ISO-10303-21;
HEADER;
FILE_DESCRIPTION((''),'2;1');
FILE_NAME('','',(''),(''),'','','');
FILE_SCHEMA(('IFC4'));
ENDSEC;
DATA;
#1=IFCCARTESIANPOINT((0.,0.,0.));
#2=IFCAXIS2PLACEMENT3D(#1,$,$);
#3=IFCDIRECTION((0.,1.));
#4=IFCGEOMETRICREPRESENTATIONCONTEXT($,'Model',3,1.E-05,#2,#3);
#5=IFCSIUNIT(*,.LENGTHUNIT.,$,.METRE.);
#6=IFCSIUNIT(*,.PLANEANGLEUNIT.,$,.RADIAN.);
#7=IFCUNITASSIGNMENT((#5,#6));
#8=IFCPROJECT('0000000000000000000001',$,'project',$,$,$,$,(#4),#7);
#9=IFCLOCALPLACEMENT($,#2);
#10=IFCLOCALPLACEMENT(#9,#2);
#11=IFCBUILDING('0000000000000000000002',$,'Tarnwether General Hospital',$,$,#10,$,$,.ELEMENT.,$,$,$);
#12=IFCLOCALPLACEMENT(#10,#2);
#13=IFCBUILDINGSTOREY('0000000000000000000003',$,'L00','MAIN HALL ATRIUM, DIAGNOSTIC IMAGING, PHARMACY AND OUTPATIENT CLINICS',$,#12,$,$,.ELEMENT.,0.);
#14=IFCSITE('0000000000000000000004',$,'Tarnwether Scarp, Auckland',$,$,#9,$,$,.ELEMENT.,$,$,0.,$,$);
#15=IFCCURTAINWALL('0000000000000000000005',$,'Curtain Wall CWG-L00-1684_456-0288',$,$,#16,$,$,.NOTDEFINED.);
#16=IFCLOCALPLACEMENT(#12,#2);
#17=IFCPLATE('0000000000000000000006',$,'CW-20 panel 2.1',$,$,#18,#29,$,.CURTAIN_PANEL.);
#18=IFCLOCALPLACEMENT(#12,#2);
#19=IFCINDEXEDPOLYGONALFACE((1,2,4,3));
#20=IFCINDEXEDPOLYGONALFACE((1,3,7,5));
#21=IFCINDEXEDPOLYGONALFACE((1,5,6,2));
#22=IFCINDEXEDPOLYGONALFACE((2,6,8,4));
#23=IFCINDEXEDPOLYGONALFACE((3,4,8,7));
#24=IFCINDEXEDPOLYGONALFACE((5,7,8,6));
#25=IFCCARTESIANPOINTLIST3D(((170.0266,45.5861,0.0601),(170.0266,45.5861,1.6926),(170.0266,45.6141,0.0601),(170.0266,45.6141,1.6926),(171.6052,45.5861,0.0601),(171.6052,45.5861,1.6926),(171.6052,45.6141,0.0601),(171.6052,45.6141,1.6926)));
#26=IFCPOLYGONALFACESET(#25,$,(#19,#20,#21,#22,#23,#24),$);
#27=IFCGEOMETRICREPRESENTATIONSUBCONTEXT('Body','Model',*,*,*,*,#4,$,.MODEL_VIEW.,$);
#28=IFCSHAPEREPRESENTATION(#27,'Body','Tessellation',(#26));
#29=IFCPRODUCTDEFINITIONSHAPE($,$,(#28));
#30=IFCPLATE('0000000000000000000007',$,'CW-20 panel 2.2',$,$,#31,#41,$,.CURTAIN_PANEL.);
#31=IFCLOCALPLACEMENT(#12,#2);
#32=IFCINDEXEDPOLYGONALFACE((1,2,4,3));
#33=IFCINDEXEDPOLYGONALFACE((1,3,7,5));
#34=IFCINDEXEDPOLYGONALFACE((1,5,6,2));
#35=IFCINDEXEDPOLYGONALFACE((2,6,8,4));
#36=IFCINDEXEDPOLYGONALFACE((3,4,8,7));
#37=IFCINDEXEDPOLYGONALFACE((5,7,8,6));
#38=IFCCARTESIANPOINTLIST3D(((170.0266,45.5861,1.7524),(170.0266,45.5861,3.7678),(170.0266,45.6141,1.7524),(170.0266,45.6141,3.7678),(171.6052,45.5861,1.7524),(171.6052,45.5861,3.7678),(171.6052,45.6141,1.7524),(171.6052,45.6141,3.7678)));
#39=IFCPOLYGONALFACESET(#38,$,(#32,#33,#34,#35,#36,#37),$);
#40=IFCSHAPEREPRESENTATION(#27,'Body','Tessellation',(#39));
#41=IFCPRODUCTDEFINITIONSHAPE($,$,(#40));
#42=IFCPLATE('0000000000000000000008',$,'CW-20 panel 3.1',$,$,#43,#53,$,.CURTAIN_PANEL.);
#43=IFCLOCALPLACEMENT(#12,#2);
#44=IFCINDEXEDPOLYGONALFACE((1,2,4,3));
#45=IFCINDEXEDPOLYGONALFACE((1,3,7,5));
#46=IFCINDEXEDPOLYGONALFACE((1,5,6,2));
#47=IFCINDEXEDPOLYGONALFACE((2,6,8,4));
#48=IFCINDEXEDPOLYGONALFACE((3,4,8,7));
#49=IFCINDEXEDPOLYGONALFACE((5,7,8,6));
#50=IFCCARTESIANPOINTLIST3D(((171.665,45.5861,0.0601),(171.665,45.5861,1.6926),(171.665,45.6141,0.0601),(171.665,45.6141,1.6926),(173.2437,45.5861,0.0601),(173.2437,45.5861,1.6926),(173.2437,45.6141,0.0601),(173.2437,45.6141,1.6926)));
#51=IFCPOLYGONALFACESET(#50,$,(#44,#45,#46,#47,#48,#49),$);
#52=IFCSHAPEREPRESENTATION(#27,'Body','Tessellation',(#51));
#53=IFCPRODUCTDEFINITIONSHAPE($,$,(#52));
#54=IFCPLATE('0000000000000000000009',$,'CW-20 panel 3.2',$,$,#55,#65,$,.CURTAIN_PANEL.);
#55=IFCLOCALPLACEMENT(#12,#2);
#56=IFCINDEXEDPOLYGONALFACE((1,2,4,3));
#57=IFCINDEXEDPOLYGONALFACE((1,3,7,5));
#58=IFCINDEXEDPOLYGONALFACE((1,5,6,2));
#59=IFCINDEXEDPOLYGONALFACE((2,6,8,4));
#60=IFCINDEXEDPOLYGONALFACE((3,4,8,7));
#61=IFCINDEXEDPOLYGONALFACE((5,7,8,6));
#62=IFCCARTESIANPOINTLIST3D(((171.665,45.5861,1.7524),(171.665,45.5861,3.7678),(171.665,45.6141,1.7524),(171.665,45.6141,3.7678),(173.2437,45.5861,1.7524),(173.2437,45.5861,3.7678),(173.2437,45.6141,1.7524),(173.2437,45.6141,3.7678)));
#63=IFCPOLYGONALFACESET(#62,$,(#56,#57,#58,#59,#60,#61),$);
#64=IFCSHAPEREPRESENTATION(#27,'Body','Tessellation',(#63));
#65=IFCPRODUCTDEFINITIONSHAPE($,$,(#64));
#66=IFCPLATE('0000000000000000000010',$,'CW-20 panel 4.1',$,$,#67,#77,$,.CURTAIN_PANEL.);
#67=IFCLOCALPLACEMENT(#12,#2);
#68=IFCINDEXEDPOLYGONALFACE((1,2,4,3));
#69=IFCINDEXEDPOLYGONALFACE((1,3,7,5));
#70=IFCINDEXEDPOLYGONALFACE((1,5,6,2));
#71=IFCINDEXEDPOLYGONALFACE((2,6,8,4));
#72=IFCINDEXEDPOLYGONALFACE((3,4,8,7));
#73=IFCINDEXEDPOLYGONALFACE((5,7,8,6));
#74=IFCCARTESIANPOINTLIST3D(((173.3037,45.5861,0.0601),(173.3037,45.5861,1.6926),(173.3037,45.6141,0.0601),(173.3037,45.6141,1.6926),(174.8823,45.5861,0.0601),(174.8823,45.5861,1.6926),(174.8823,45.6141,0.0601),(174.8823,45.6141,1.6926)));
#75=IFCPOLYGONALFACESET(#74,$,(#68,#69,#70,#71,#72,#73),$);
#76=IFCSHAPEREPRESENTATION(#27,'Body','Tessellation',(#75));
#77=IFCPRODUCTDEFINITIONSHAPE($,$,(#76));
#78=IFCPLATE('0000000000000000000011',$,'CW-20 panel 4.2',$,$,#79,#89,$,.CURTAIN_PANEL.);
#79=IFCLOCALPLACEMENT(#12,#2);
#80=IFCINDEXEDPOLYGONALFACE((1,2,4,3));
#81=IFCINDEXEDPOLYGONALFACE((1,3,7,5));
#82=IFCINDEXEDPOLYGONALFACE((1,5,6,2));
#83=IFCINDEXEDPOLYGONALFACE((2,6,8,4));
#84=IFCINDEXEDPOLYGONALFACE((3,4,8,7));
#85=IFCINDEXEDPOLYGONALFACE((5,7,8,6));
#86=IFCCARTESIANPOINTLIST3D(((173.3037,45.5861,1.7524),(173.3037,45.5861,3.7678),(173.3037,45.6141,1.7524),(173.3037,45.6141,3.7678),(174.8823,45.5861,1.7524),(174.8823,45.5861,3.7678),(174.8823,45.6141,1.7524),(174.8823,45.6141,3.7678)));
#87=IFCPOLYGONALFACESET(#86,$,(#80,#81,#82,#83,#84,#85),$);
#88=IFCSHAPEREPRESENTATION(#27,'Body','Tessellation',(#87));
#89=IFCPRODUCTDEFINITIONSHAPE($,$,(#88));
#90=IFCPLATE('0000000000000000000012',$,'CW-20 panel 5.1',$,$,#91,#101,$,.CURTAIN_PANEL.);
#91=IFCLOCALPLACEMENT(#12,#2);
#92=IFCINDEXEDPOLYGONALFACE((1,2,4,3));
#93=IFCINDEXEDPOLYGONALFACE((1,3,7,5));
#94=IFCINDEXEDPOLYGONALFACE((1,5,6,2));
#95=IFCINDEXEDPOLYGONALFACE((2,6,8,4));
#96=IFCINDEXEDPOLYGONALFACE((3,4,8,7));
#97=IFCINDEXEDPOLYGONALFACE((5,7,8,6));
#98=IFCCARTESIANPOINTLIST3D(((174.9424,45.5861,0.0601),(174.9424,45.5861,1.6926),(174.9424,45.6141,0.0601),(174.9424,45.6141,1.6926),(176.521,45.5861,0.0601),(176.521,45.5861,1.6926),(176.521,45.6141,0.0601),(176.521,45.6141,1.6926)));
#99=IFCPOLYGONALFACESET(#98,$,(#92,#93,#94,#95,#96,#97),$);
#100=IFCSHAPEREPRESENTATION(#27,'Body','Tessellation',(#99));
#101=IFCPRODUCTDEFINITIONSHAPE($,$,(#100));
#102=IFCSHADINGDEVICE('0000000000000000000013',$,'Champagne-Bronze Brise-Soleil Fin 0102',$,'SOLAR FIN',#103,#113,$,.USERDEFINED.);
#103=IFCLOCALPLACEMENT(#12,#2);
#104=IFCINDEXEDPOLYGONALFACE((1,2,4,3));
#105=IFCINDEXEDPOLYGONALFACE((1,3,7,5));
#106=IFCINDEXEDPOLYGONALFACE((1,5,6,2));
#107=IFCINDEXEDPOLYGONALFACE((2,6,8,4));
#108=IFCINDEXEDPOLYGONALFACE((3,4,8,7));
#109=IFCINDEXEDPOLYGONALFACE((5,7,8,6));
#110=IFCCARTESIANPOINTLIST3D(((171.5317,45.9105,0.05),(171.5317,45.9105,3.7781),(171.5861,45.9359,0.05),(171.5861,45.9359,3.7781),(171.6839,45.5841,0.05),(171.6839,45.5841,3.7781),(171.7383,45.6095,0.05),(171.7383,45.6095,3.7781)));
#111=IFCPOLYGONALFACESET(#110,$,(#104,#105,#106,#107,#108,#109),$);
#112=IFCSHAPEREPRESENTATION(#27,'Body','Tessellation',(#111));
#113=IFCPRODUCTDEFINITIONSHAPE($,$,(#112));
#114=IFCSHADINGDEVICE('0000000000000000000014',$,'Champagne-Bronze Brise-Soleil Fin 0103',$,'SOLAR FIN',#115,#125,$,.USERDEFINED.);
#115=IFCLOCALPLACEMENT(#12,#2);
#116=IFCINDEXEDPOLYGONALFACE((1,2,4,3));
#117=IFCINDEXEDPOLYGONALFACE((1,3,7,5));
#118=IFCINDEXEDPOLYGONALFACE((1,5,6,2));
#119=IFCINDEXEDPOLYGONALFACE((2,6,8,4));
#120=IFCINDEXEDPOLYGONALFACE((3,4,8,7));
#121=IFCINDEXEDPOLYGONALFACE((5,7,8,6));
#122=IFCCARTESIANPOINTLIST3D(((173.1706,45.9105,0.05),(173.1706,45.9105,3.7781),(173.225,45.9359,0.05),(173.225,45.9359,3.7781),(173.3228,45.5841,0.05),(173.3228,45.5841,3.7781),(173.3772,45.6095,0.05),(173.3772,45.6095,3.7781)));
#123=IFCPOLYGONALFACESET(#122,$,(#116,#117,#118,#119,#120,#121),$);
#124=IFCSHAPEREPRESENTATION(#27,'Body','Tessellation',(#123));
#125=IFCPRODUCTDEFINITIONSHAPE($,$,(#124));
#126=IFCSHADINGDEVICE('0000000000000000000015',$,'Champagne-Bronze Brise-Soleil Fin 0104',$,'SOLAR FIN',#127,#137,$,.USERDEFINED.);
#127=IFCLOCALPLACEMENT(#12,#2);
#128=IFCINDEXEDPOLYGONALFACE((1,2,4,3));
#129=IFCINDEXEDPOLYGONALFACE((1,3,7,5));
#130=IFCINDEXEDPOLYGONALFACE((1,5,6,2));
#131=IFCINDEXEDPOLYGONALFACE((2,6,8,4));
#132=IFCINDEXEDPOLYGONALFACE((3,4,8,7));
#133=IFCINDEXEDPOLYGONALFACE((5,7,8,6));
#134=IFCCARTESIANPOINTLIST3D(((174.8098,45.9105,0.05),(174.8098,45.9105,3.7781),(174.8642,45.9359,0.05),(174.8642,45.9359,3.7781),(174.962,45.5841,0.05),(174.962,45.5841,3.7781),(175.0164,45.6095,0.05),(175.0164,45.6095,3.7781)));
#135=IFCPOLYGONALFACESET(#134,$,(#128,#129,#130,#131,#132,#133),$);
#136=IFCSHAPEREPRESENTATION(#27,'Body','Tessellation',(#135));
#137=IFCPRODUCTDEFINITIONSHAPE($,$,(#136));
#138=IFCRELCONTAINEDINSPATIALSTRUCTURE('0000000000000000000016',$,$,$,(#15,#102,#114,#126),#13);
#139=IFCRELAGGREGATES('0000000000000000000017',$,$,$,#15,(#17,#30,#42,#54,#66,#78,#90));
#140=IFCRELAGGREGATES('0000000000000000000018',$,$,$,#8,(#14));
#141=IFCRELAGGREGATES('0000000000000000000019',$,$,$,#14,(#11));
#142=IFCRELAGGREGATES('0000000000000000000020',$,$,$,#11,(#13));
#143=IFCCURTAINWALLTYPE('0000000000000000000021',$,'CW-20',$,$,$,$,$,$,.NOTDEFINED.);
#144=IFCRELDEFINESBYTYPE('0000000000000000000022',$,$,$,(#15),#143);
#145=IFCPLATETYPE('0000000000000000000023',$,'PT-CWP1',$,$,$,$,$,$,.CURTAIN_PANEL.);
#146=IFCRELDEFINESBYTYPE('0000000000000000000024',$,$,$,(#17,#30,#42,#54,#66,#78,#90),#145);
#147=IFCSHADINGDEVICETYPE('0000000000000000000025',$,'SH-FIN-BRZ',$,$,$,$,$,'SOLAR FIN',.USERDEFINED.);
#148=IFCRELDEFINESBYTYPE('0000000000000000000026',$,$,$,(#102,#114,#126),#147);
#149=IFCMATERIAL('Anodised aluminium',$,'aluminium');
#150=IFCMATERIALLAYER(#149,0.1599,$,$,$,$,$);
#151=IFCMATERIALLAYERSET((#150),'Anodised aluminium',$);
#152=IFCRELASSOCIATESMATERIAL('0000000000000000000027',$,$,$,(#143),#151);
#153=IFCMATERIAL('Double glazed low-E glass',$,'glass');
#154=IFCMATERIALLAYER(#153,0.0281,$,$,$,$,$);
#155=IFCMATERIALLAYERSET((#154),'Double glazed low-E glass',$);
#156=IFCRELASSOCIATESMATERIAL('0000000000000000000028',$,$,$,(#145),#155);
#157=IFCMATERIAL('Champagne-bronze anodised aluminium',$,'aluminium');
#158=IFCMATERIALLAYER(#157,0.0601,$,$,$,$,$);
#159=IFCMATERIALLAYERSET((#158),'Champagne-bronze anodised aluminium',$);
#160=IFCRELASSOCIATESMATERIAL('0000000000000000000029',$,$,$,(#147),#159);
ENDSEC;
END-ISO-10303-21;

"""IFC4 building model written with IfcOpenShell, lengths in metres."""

from ifc_helpers import new_model, si_unit, direction, frame, origin, origin_2d, place, context, subcontext, project, spatial, rectangle, extrude, material, layer, layer_set, type_object, element, aggregate, save


model = new_model("IFC4")

# Units and contexts
model_context = context("Model", 3, precision=1e-05, world=origin(), true_north=direction((0.0, 1.0)))
body_context = subcontext(model_context, "Body", "Model", "MODEL_VIEW")
ifc_project = project(units=[si_unit("LENGTHUNIT", "METRE"), si_unit("PLANEANGLEUNIT", "RADIAN")], contexts=[model_context])

# Site, building, storey
site_placement = place(None, origin())
site = spatial("IfcSite", under=ifc_project, at=site_placement, Name="Tarnwether Scarp, Auckland", CompositionType="ELEMENT", RefElevation=0.0)
building_placement = place(site_placement, origin())
building = spatial("IfcBuilding", under=site, at=building_placement, Name="Tarnwether General Hospital", CompositionType="ELEMENT")
storey_placement = place(building_placement, origin())
storey = spatial("IfcBuildingStorey", under=building, at=storey_placement, Name="L00", Description="MAIN HALL ATRIUM, DIAGNOSTIC IMAGING, PHARMACY AND OUTPATIENT CLINICS", CompositionType="ELEMENT", Elevation=0.0)

# Curtain wall, plates
ifc_material_1 = material(Name="Anodised aluminium", Category="aluminium")
ifc_layer_1 = layer(ifc_material_1, 0.1599)
ifc_layer_set_1 = layer_set([ifc_layer_1], Name="Anodised aluminium")
curtain_wall_type = type_object("IfcCurtainWallType", Name="CW-20", PredefinedType="NOTDEFINED", material=ifc_layer_set_1)
curtain_wall_placement = place(storey_placement, origin())
curtain_wall = element("IfcCurtainWall", 1, at=curtain_wall_placement, inside=storey, type_object=curtain_wall_type, Name="Curtain Wall CWG-L00-1684_456-0288", PredefinedType="NOTDEFINED")
ifc_material_2 = material(Name="Double glazed low-E glass", Category="glass")
ifc_layer_2 = layer(ifc_material_2, 0.0281)
ifc_layer_set_2 = layer_set([ifc_layer_2], Name="Double glazed low-E glass")
plate_type = type_object("IfcPlateType", Name="PT-CWP1", PredefinedType="CURTAIN_PANEL", material=ifc_layer_set_2)
plate_1_placement = place(storey_placement, frame((170.8159, 45.6001, 0.0601), z_axis=(0.0, 0.0, 1.0), x_axis=(1.0, 0.0, 0.0)))
plate_1 = element("IfcPlate", 2, at=plate_1_placement, type_object=plate_type, Name="CW-20 panel 2.1", PredefinedType="CURTAIN_PANEL", context=body_context, shape_type="SweptSolid", body=[
    extrude(rectangle(XDim=1.5786, YDim=0.0281, at=origin_2d()), origin(), (0.0, 0.0, 1.0), 1.6326),
])
plate_2_placement = place(storey_placement, frame((170.8159, 45.6001, 1.7524), z_axis=(0.0, 0.0, 1.0), x_axis=(1.0, 0.0, 0.0)))
plate_2 = element("IfcPlate", 3, at=plate_2_placement, type_object=plate_type, Name="CW-20 panel 2.2", PredefinedType="CURTAIN_PANEL", context=body_context, shape_type="SweptSolid", body=[
    extrude(rectangle(XDim=1.5786, YDim=0.0281, at=origin_2d()), origin(), (0.0, 0.0, 1.0), 2.0154),
])
plate_3_placement = place(storey_placement, frame((172.4543, 45.6001, 0.0601), z_axis=(0.0, 0.0, 1.0), x_axis=(1.0, 0.0, 0.0)))
plate_3 = element("IfcPlate", 4, at=plate_3_placement, type_object=plate_type, Name="CW-20 panel 3.1", PredefinedType="CURTAIN_PANEL", context=body_context, shape_type="SweptSolid", body=[
    extrude(rectangle(XDim=1.5786, YDim=0.0281, at=origin_2d()), origin(), (0.0, 0.0, 1.0), 1.6326),
])
plate_4_placement = place(storey_placement, frame((172.4543, 45.6001, 1.7524), z_axis=(0.0, 0.0, 1.0), x_axis=(1.0, 0.0, 0.0)))
plate_4 = element("IfcPlate", 5, at=plate_4_placement, type_object=plate_type, Name="CW-20 panel 3.2", PredefinedType="CURTAIN_PANEL", context=body_context, shape_type="SweptSolid", body=[
    extrude(rectangle(XDim=1.5786, YDim=0.0281, at=origin_2d()), origin(), (0.0, 0.0, 1.0), 2.0154),
])
plate_5_placement = place(storey_placement, frame((174.093, 45.6001, 0.0601), z_axis=(0.0, 0.0, 1.0), x_axis=(1.0, 0.0, 0.0)))
plate_5 = element("IfcPlate", 6, at=plate_5_placement, type_object=plate_type, Name="CW-20 panel 4.1", PredefinedType="CURTAIN_PANEL", context=body_context, shape_type="SweptSolid", body=[
    extrude(rectangle(XDim=1.5786, YDim=0.0281, at=origin_2d()), origin(), (0.0, 0.0, 1.0), 1.6326),
])
plate_6_placement = place(storey_placement, frame((174.093, 45.6001, 1.7524), z_axis=(0.0, 0.0, 1.0), x_axis=(1.0, 0.0, 0.0)))
plate_6 = element("IfcPlate", 7, at=plate_6_placement, type_object=plate_type, Name="CW-20 panel 4.2", PredefinedType="CURTAIN_PANEL", context=body_context, shape_type="SweptSolid", body=[
    extrude(rectangle(XDim=1.5786, YDim=0.0281, at=origin_2d()), origin(), (0.0, 0.0, 1.0), 2.0154),
])
plate_7_placement = place(storey_placement, frame((175.7317, 45.6001, 0.0601), z_axis=(0.0, 0.0, 1.0), x_axis=(1.0, 0.0, 0.0)))
plate_7 = element("IfcPlate", 8, at=plate_7_placement, type_object=plate_type, Name="CW-20 panel 5.1", PredefinedType="CURTAIN_PANEL", context=body_context, shape_type="SweptSolid", body=[
    extrude(rectangle(XDim=1.5786, YDim=0.0281, at=origin_2d()), origin(), (0.0, 0.0, 1.0), 1.6326),
])
aggregate(curtain_wall, [plate_1, plate_2, plate_3, plate_4, plate_5, plate_6, plate_7])

# Shading devices
ifc_material_3 = material(Name="Champagne-bronze anodised aluminium", Category="aluminium")
ifc_layer_3 = layer(ifc_material_3, 0.0601)
ifc_layer_set_3 = layer_set([ifc_layer_3], Name="Champagne-bronze anodised aluminium")
shading_device_type = type_object("IfcShadingDeviceType", Name="SH-FIN-BRZ", ElementType="SOLAR FIN", PredefinedType="USERDEFINED", material=ifc_layer_set_3)
for number, where, z_axis, x_axis, name in (
    (9, (171.635, 45.76, 0.05), (0.0, 0.0, 1.0), (0.906308, 0.422618, 0.0), "Champagne-Bronze Brise-Soleil Fin 0102"),
    (10, (173.2739, 45.76, 0.05), (0.0, 0.0, 1.0), (0.906308, 0.422618, 0.0), "Champagne-Bronze Brise-Soleil Fin 0103"),
    (11, (174.9131, 45.76, 0.05), (0.0, 0.0, 1.0), (0.906308, 0.422618, 0.0), "Champagne-Bronze Brise-Soleil Fin 0104"),
):
    element("IfcShadingDevice", number, at=place(storey_placement, frame(where, z_axis=z_axis, x_axis=x_axis)), inside=storey, type_object=shading_device_type, Name=name, ObjectType="SOLAR FIN", PredefinedType="USERDEFINED", context=body_context, shape_type="SweptSolid", body=[
        extrude(rectangle(XDim=0.0601, YDim=0.3601, at=origin_2d()), origin(), (0.0, 0.0, 1.0), 3.728),
    ])

save(model, "model.ifc")
